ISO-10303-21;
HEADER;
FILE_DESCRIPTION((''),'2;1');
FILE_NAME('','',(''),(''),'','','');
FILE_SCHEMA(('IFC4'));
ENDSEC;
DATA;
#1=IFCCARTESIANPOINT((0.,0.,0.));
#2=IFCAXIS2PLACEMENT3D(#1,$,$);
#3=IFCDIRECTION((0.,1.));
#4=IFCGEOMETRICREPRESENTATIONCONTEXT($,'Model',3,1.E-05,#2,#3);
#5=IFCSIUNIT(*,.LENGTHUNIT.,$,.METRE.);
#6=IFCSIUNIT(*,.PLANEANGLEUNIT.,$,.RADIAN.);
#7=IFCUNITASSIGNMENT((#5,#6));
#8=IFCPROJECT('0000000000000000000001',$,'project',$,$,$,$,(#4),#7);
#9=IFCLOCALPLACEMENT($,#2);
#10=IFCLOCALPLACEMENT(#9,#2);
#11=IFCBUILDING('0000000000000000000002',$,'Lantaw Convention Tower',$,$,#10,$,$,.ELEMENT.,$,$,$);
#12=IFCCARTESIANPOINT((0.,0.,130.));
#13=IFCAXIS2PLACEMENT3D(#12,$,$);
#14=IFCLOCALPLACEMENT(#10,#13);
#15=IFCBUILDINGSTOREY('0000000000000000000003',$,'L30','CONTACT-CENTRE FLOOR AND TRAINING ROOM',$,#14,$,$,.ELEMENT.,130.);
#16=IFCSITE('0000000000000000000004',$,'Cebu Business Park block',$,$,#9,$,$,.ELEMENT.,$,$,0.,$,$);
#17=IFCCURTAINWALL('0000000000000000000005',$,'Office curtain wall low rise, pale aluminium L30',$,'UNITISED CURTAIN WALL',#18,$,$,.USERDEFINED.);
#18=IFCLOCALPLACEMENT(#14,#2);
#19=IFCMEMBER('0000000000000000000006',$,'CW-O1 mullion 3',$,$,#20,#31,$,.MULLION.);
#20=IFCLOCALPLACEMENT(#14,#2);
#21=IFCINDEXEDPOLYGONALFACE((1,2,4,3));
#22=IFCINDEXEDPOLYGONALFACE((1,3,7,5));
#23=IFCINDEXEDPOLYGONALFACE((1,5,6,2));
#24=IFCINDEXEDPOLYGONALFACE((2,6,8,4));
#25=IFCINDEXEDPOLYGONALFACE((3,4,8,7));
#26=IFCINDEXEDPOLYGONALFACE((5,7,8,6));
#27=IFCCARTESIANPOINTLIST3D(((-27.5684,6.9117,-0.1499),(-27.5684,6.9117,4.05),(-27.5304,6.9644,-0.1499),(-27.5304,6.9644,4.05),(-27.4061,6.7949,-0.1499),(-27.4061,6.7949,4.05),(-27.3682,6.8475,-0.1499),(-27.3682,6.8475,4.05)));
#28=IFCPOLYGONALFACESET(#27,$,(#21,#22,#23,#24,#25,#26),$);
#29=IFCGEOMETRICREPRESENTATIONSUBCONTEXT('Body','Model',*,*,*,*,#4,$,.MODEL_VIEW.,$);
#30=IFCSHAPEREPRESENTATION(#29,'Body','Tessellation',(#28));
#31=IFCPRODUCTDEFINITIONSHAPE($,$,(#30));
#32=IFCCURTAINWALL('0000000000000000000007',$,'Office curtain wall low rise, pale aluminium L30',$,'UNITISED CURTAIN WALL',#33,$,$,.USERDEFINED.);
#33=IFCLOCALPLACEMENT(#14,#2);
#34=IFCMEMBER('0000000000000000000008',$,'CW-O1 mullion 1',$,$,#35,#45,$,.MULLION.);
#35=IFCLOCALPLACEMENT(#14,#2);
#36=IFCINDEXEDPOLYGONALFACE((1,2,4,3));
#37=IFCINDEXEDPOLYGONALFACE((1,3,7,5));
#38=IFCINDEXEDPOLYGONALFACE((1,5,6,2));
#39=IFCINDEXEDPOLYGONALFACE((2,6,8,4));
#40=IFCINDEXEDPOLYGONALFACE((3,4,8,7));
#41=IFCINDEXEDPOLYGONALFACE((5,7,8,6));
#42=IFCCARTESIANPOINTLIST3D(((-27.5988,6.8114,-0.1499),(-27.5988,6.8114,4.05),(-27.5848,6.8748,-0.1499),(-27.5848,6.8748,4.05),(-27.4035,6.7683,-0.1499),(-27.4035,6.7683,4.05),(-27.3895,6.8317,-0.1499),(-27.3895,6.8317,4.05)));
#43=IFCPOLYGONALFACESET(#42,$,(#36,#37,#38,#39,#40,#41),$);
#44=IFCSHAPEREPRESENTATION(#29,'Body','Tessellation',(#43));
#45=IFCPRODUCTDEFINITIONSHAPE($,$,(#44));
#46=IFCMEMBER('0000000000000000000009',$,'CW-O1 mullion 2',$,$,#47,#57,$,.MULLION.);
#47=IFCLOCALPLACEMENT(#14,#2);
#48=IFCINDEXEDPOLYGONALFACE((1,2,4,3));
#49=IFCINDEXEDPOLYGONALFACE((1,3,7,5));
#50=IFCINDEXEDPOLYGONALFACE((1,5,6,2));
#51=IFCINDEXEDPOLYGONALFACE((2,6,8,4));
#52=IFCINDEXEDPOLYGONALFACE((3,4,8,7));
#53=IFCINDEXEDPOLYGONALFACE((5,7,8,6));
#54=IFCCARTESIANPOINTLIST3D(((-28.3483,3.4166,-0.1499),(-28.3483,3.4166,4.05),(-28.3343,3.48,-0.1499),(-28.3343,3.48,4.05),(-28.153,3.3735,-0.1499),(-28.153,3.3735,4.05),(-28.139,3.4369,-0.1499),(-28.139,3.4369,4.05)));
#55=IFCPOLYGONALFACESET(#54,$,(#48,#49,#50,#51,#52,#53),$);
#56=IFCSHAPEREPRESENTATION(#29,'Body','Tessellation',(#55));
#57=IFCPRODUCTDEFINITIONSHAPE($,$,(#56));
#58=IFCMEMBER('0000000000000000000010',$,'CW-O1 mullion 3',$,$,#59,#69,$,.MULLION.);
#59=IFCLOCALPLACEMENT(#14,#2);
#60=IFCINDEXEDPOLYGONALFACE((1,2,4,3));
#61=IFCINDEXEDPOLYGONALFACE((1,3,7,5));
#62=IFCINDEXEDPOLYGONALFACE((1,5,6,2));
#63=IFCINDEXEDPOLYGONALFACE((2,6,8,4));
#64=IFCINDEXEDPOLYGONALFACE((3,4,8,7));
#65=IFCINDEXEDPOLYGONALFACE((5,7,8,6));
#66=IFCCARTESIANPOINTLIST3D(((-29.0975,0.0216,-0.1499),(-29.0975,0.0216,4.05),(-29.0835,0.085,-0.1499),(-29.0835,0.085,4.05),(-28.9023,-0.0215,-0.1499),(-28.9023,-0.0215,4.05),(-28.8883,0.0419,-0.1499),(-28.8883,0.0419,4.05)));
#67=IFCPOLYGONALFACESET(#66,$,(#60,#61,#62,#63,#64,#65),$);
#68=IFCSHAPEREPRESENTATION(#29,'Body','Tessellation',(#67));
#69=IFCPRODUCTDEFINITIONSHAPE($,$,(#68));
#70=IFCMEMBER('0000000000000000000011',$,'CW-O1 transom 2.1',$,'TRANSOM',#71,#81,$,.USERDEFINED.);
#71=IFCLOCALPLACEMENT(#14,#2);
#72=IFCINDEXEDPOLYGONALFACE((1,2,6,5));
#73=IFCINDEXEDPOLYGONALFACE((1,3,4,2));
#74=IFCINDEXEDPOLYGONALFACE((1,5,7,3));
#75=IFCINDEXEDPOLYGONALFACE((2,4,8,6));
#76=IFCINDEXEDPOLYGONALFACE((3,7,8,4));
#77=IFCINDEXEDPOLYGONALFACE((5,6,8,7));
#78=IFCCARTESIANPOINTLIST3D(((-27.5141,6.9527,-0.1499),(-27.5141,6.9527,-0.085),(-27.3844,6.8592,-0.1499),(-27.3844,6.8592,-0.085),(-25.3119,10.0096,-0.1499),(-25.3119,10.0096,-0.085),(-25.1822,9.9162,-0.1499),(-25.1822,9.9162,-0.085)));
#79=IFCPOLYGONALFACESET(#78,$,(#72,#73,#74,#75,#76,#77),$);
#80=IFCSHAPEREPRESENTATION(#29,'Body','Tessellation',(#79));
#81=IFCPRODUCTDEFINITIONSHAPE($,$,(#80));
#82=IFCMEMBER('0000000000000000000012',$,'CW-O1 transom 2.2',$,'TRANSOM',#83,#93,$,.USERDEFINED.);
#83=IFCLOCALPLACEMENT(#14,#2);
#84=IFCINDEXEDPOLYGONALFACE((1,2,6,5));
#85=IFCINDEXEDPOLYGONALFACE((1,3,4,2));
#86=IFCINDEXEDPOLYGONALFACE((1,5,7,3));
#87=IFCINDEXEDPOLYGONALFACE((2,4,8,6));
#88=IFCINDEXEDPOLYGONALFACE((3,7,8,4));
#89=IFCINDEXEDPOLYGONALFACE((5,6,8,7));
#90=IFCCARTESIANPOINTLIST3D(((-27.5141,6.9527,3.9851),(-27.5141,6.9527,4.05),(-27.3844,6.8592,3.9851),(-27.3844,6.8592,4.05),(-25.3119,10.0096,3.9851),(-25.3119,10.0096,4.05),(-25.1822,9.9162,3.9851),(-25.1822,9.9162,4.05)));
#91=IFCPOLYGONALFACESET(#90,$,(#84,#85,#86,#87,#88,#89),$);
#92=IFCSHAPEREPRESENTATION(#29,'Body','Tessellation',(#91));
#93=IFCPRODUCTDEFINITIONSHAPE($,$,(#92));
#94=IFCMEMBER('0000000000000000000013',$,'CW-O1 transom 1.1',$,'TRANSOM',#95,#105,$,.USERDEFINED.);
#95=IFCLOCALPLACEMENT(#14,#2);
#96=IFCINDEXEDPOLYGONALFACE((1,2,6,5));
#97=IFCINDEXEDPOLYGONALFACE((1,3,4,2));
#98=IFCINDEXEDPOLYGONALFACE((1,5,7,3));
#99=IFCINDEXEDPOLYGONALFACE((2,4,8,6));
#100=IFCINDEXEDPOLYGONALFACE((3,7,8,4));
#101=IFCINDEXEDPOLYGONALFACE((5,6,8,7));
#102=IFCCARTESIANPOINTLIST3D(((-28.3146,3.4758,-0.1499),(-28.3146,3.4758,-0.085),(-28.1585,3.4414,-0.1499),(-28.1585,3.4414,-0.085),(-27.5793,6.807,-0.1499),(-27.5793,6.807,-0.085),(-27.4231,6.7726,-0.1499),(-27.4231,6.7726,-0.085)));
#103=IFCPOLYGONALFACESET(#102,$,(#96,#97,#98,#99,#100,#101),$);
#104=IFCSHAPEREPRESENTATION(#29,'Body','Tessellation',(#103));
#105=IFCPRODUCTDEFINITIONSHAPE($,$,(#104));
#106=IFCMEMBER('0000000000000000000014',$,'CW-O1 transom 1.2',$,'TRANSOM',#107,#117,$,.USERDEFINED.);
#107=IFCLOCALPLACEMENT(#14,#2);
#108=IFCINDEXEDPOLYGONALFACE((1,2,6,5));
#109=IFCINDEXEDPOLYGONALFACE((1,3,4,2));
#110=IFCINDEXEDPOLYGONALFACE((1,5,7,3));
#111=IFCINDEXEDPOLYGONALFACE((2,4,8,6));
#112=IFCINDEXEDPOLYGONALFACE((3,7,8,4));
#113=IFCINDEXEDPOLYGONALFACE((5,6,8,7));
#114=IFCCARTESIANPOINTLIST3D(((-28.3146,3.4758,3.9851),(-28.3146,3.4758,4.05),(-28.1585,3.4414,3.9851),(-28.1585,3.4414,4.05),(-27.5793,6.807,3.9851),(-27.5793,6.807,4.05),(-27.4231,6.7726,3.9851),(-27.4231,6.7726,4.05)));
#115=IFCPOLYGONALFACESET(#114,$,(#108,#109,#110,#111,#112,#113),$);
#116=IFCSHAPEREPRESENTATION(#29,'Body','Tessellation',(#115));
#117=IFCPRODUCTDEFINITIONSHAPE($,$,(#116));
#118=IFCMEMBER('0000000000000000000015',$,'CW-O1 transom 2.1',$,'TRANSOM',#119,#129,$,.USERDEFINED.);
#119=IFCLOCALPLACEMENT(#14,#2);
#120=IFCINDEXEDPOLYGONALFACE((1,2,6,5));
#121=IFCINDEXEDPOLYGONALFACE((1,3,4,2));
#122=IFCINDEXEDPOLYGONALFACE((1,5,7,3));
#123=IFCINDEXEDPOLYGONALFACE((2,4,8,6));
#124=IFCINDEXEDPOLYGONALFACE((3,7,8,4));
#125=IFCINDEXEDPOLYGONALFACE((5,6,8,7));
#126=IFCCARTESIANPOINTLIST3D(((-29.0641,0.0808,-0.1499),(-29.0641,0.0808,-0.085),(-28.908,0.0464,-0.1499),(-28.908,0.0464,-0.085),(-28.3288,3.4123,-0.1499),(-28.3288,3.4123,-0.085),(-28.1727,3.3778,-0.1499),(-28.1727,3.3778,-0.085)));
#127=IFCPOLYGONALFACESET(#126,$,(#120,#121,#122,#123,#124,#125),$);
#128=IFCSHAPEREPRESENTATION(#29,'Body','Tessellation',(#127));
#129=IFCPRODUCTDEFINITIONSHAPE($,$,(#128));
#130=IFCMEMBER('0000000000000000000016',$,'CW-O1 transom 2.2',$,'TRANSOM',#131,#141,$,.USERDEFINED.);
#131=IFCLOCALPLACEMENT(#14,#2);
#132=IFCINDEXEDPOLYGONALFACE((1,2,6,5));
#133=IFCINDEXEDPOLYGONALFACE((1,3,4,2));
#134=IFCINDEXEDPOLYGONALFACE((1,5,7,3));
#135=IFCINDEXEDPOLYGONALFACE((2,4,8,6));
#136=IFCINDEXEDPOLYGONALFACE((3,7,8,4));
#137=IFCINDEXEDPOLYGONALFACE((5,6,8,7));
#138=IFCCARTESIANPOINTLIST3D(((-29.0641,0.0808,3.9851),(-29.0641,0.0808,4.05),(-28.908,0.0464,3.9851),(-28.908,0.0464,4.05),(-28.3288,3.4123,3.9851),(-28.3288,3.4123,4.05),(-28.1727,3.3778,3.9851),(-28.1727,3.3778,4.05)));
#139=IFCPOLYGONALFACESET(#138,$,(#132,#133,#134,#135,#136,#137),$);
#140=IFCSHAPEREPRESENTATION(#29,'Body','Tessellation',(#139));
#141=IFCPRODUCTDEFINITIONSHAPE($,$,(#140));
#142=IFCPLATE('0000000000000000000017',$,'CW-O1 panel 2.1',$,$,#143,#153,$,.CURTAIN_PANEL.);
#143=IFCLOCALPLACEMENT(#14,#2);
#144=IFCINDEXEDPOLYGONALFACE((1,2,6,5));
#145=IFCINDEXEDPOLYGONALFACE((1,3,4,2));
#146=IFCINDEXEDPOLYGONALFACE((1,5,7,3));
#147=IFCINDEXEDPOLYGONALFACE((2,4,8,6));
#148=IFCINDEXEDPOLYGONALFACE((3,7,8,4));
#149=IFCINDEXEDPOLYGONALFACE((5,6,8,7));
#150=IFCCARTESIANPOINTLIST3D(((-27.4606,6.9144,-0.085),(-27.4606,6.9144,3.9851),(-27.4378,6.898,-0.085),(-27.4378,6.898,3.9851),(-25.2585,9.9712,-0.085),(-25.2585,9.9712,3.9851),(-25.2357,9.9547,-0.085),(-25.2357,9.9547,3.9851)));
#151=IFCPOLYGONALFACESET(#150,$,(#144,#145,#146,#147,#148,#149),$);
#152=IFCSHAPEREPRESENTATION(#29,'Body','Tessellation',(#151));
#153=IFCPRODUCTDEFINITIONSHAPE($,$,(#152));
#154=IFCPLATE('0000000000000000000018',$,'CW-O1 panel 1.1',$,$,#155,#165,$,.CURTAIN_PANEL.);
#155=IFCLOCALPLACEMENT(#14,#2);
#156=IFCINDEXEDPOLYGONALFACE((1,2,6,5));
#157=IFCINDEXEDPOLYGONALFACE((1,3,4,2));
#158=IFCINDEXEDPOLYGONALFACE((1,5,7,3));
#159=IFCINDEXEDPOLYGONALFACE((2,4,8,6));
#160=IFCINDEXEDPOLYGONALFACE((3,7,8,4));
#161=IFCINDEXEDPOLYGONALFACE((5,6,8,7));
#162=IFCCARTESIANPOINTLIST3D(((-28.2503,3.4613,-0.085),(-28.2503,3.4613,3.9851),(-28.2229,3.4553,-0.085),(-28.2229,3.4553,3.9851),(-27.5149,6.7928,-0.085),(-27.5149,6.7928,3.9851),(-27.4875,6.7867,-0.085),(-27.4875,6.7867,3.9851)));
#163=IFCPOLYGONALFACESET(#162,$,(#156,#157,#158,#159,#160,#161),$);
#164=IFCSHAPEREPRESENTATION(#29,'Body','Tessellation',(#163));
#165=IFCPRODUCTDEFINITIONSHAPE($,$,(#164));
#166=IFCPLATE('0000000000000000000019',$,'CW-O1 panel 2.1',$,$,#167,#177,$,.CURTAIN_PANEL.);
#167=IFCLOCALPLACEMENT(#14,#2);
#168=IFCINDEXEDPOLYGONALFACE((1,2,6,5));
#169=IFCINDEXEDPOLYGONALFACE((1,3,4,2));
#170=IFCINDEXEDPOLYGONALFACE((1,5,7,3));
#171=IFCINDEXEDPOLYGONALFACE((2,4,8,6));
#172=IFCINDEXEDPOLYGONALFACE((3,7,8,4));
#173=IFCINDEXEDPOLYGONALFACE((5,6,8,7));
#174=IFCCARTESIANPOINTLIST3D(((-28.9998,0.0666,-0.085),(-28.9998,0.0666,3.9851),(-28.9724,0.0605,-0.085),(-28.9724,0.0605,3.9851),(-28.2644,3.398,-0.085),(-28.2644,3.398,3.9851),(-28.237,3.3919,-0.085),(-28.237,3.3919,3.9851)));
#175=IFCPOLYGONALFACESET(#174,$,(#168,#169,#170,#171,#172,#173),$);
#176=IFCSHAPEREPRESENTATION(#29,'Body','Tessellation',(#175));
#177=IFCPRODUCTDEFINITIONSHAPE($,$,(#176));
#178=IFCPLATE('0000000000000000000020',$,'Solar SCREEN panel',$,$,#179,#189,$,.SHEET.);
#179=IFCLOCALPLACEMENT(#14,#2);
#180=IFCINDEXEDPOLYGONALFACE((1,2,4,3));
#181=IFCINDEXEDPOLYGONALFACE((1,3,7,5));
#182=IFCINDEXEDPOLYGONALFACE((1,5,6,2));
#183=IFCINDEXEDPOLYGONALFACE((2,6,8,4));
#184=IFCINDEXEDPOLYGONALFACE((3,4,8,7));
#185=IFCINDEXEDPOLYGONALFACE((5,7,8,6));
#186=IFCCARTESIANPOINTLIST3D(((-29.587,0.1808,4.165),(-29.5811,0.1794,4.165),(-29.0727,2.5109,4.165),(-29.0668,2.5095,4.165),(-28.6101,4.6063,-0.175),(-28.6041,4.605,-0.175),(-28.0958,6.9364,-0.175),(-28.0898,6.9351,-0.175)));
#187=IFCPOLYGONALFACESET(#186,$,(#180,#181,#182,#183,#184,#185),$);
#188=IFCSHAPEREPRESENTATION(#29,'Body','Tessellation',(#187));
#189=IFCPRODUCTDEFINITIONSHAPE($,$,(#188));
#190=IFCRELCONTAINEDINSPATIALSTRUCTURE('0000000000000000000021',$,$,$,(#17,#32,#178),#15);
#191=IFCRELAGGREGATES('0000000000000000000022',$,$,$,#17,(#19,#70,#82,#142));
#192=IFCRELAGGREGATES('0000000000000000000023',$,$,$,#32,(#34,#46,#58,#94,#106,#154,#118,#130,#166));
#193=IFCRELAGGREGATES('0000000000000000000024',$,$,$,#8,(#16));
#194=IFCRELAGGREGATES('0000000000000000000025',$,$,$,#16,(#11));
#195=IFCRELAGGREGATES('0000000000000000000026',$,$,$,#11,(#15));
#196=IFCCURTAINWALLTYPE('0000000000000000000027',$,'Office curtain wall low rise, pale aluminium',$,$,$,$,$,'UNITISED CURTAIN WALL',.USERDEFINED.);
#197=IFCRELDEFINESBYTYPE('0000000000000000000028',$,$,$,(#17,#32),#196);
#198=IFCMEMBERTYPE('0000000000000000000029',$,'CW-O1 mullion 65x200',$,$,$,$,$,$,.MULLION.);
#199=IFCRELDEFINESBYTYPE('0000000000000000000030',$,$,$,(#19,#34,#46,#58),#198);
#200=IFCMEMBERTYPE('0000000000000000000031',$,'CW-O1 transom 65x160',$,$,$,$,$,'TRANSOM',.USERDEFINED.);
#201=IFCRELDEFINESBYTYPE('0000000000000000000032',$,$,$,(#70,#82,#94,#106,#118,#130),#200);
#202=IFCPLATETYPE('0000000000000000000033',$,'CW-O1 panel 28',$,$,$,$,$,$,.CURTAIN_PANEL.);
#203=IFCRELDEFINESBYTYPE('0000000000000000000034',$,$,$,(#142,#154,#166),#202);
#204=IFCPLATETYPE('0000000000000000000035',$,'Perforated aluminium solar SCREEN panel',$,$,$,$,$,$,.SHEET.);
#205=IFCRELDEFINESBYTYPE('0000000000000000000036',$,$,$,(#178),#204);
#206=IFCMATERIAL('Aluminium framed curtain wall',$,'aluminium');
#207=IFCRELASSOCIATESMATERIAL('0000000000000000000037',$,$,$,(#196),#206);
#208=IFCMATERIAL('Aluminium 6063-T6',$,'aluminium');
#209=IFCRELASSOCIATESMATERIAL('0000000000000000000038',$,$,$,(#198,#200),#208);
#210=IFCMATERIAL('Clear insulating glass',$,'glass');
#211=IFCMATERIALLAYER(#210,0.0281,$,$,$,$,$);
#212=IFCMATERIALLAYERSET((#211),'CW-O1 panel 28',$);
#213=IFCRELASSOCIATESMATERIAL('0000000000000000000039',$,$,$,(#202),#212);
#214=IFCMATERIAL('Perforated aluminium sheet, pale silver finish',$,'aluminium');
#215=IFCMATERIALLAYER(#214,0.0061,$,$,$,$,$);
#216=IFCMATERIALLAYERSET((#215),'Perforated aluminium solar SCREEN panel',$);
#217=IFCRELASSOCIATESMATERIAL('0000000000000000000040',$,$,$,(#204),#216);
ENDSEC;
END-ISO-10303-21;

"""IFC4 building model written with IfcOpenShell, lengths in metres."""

from ifc_helpers import new_model, si_unit, direction, frame, origin, origin_2d, place, context, subcontext, project, spatial, polyline, rectangle, outline, extrude, material, layer, layer_set, material_profile, profile_set, type_object, element, aggregate, save


model = new_model("IFC4")

# Units and contexts
model_context = context("Model", 3, precision=1e-05, world=origin(), true_north=direction((0.0, 1.0)))
body_context = subcontext(model_context, "Body", "Model", "MODEL_VIEW")
ifc_project = project(units=[si_unit("LENGTHUNIT", "METRE"), si_unit("PLANEANGLEUNIT", "RADIAN")], contexts=[model_context])

# Site, building, storey
site_placement = place(None, origin())
site = spatial("IfcSite", under=ifc_project, at=site_placement, Name="Cebu Business Park block", CompositionType="ELEMENT", RefElevation=0.0)
building_placement = place(site_placement, origin())
building = spatial("IfcBuilding", under=site, at=building_placement, Name="Lantaw Convention Tower", CompositionType="ELEMENT")
storey_placement = place(building_placement, frame((0.0, 0.0, 130.0)))
storey = spatial("IfcBuildingStorey", under=building, at=storey_placement, Name="L30", Description="CONTACT-CENTRE FLOOR AND TRAINING ROOM", CompositionType="ELEMENT", Elevation=130.0)

# Curtain wall, member
ifc_material_1 = material(Name="Aluminium framed curtain wall", Category="aluminium")
curtain_wall_type = type_object("IfcCurtainWallType", Name="Office curtain wall low rise, pale aluminium", ElementType="UNITISED CURTAIN WALL", PredefinedType="USERDEFINED", material=ifc_material_1)
curtain_wall_1_placement = place(storey_placement, origin())
curtain_wall_1 = element("IfcCurtainWall", 1, at=curtain_wall_1_placement, inside=storey, type_object=curtain_wall_type, Name="Office curtain wall low rise, pale aluminium L30", ObjectType="UNITISED CURTAIN WALL", PredefinedType="USERDEFINED")
ifc_material_2 = material(Name="Aluminium 6063-T6", Category="aluminium")
ifc_material_profile_1 = material_profile(ifc_material_2, rectangle(XDim=0.2, YDim=0.0649, at=origin_2d()), Name="CW-O1 mullion 65x200")
ifc_profile_set_1 = profile_set([ifc_material_profile_1], Name="Aluminium 6063-T6")
member_type_1 = type_object("IfcMemberType", Name="CW-O1 mullion 65x200", PredefinedType="MULLION", material=ifc_profile_set_1)
member_1_placement = place(storey_placement, frame((-27.4683, 6.8796, -0.1499), z_axis=(0.0, 0.0, 1.0), x_axis=(0.811385, -0.584513, 0.0)))
member_1 = element("IfcMember", 2, at=member_1_placement, type_object=member_type_1, Name="CW-O1 mullion 3", PredefinedType="MULLION", context=body_context, shape_type="SweptSolid", body=[
    extrude(rectangle(XDim=0.2, YDim=0.0649, at=origin_2d()), origin(), (0.0, 0.0, 1.0), 4.2),
])

# Curtain wall, members
curtain_wall_2_placement = place(storey_placement, origin())
curtain_wall_2 = element("IfcCurtainWall", 3, at=curtain_wall_2_placement, inside=storey, type_object=curtain_wall_type, Name="Office curtain wall low rise, pale aluminium L30", ObjectType="UNITISED CURTAIN WALL", PredefinedType="USERDEFINED")
member_2_placement = place(storey_placement, frame((-27.4941, 6.8215, -0.1499), z_axis=(0.0, 0.0, 1.0), x_axis=(0.976494, -0.215546, 0.0)))
member_2 = element("IfcMember", 4, at=member_2_placement, type_object=member_type_1, Name="CW-O1 mullion 1", PredefinedType="MULLION", context=body_context, shape_type="SweptSolid", body=[
    extrude(rectangle(XDim=0.2, YDim=0.0649, at=origin_2d()), origin(), (0.0, 0.0, 1.0), 4.2),
])
member_3_placement = place(storey_placement, frame((-28.2437, 3.4268, -0.1499), z_axis=(0.0, 0.0, 1.0), x_axis=(0.976494, -0.215546, 0.0)))
member_3 = element("IfcMember", 5, at=member_3_placement, type_object=member_type_1, Name="CW-O1 mullion 2", PredefinedType="MULLION", context=body_context, shape_type="SweptSolid", body=[
    extrude(rectangle(XDim=0.2, YDim=0.0649, at=origin_2d()), origin(), (0.0, 0.0, 1.0), 4.2),
])
member_4_placement = place(storey_placement, frame((-28.9929, 0.0317, -0.1499), z_axis=(0.0, 0.0, 1.0), x_axis=(0.976494, -0.215546, 0.0)))
member_4 = element("IfcMember", 6, at=member_4_placement, type_object=member_type_1, Name="CW-O1 mullion 3", PredefinedType="MULLION", context=body_context, shape_type="SweptSolid", body=[
    extrude(rectangle(XDim=0.2, YDim=0.0649, at=origin_2d()), origin(), (0.0, 0.0, 1.0), 4.2),
])

# Members
ifc_material_profile_2 = material_profile(ifc_material_2, rectangle(XDim=0.1599, YDim=0.0649, at=origin_2d()), Name="CW-O1 transom 65x160")
ifc_profile_set_2 = profile_set([ifc_material_profile_2], Name="Aluminium 6063-T6")
member_type_2 = type_object("IfcMemberType", Name="CW-O1 transom 65x160", ElementType="TRANSOM", PredefinedType="USERDEFINED", material=ifc_profile_set_2)
member_5_placement = place(storey_placement, frame((-25.2471, 9.9629, -0.1174), z_axis=(-0.584513, -0.811384, 0.0), x_axis=(0.811384, -0.584513, 0.0)))
member_5 = element("IfcMember", 7, at=member_5_placement, type_object=member_type_2, Name="CW-O1 transom 2.1", ObjectType="TRANSOM", PredefinedType="USERDEFINED", context=body_context, shape_type="SweptSolid", body=[
    extrude(rectangle(XDim=0.1599, YDim=0.0649, at=origin_2d()), origin(), (0.0, 0.0, 1.0), 3.7676),
])
member_6_placement = place(storey_placement, frame((-25.2471, 9.9629, 4.0176), z_axis=(-0.584513, -0.811384, 0.0), x_axis=(0.811384, -0.584513, 0.0)))
member_6 = element("IfcMember", 8, at=member_6_placement, type_object=member_type_2, Name="CW-O1 transom 2.2", ObjectType="TRANSOM", PredefinedType="USERDEFINED", context=body_context, shape_type="SweptSolid", body=[
    extrude(rectangle(XDim=0.1599, YDim=0.0649, at=origin_2d()), origin(), (0.0, 0.0, 1.0), 3.7676),
])
member_7_placement = place(storey_placement, frame((-27.5012, 6.7898, -0.1174), z_axis=(-0.215551, -0.976493, 0.0), x_axis=(0.976493, -0.215551, 0.0)))
member_7 = element("IfcMember", 9, at=member_7_placement, type_object=member_type_2, Name="CW-O1 transom 1.1", ObjectType="TRANSOM", PredefinedType="USERDEFINED", context=body_context, shape_type="SweptSolid", body=[
    extrude(rectangle(XDim=0.1599, YDim=0.0649, at=origin_2d()), origin(), (0.0, 0.0, 1.0), 3.4114),
])
member_8_placement = place(storey_placement, frame((-27.5012, 6.7898, 4.0176), z_axis=(-0.215551, -0.976493, 0.0), x_axis=(0.976493, -0.215551, 0.0)))
member_8 = element("IfcMember", 10, at=member_8_placement, type_object=member_type_2, Name="CW-O1 transom 1.2", ObjectType="TRANSOM", PredefinedType="USERDEFINED", context=body_context, shape_type="SweptSolid", body=[
    extrude(rectangle(XDim=0.1599, YDim=0.0649, at=origin_2d()), origin(), (0.0, 0.0, 1.0), 3.4114),
])
member_9_placement = place(storey_placement, frame((-28.2507, 3.395, -0.1174), z_axis=(-0.215536, -0.976496, 0.0), x_axis=(0.976496, -0.215536, 0.0)))
member_9 = element("IfcMember", 11, at=member_9_placement, type_object=member_type_2, Name="CW-O1 transom 2.1", ObjectType="TRANSOM", PredefinedType="USERDEFINED", context=body_context, shape_type="SweptSolid", body=[
    extrude(rectangle(XDim=0.1599, YDim=0.0649, at=origin_2d()), origin(), (0.0, 0.0, 1.0), 3.4116),
])
member_10_placement = place(storey_placement, frame((-28.2507, 3.395, 4.0176), z_axis=(-0.215536, -0.976496, 0.0), x_axis=(0.976496, -0.215536, 0.0)))
member_10 = element("IfcMember", 12, at=member_10_placement, type_object=member_type_2, Name="CW-O1 transom 2.2", ObjectType="TRANSOM", PredefinedType="USERDEFINED", context=body_context, shape_type="SweptSolid", body=[
    extrude(rectangle(XDim=0.1599, YDim=0.0649, at=origin_2d()), origin(), (0.0, 0.0, 1.0), 3.4116),
])

# Plates
ifc_material_3 = material(Name="Clear insulating glass", Category="glass")
ifc_layer_1 = layer(ifc_material_3, 0.0281)
ifc_layer_set_1 = layer_set([ifc_layer_1], Name="CW-O1 panel 28")
plate_type_1 = type_object("IfcPlateType", Name="CW-O1 panel 28", PredefinedType="CURTAIN_PANEL", material=ifc_layer_set_1)
plate_1_placement = place(storey_placement, frame((-26.3481, 8.4346, -0.085), z_axis=(0.0, 0.0, 1.0), x_axis=(-0.584513, -0.811385, 0.0)))
plate_1 = element("IfcPlate", 13, at=plate_1_placement, type_object=plate_type_1, Name="CW-O1 panel 2.1", PredefinedType="CURTAIN_PANEL", context=body_context, shape_type="SweptSolid", body=[
    extrude(rectangle(XDim=3.7673, YDim=0.0281, at=origin_2d()), origin(), (0.0, 0.0, 1.0), 4.0701),
])
aggregate(curtain_wall_1, [member_1, member_5, member_6, plate_1])
plate_2_placement = place(storey_placement, frame((-27.8689, 5.124, -0.085), z_axis=(0.0, 0.0, 1.0), x_axis=(-0.215546, -0.976494, 0.0)))
plate_2 = element("IfcPlate", 14, at=plate_2_placement, type_object=plate_type_1, Name="CW-O1 panel 1.1", PredefinedType="CURTAIN_PANEL", context=body_context, shape_type="SweptSolid", body=[
    extrude(rectangle(XDim=3.4116, YDim=0.0281, at=origin_2d()), origin(), (0.0, 0.0, 1.0), 4.0701),
])
plate_3_placement = place(storey_placement, frame((-28.6184, 1.7292, -0.085), z_axis=(0.0, 0.0, 1.0), x_axis=(-0.215546, -0.976494, 0.0)))
plate_3 = element("IfcPlate", 15, at=plate_3_placement, type_object=plate_type_1, Name="CW-O1 panel 2.1", PredefinedType="CURTAIN_PANEL", context=body_context, shape_type="SweptSolid", body=[
    extrude(rectangle(XDim=3.4116, YDim=0.0281, at=origin_2d()), origin(), (0.0, 0.0, 1.0), 4.0701),
])
aggregate(curtain_wall_2, [member_2, member_3, member_4, member_7, member_8, plate_2, member_9, member_10, plate_3])
ifc_material_4 = material(Name="Perforated aluminium sheet, pale silver finish", Category="aluminium")
ifc_layer_2 = layer(ifc_material_4, 0.0061)
ifc_layer_set_2 = layer_set([ifc_layer_2], Name="Perforated aluminium solar SCREEN panel")
plate_type_2 = type_object("IfcPlateType", Name="Perforated aluminium solar SCREEN panel", PredefinedType="SHEET", material=ifc_layer_set_2)
plate_4_placement = place(storey_placement, frame((-28.0898, 6.9351, -0.175), z_axis=(0.976498, -0.215527, 0.000033), x_axis=(-0.215527, -0.976498, 0.0)))
element("IfcPlate", 16, at=plate_4_placement, inside=storey, type_object=plate_type_2, Name="Solar SCREEN panel", PredefinedType="SHEET", context=body_context, shape_type="SweptSolid", body=[
    extrude(outline(polyline([(0.0, 0.0), (2.3861, 0.0), (6.9182, -4.3401), (4.5321, -4.3401), (0.0, 0.0)])), origin(), (0.0, 0.0, -1.0), 0.0061),
])

save(model, "model.ifc")
